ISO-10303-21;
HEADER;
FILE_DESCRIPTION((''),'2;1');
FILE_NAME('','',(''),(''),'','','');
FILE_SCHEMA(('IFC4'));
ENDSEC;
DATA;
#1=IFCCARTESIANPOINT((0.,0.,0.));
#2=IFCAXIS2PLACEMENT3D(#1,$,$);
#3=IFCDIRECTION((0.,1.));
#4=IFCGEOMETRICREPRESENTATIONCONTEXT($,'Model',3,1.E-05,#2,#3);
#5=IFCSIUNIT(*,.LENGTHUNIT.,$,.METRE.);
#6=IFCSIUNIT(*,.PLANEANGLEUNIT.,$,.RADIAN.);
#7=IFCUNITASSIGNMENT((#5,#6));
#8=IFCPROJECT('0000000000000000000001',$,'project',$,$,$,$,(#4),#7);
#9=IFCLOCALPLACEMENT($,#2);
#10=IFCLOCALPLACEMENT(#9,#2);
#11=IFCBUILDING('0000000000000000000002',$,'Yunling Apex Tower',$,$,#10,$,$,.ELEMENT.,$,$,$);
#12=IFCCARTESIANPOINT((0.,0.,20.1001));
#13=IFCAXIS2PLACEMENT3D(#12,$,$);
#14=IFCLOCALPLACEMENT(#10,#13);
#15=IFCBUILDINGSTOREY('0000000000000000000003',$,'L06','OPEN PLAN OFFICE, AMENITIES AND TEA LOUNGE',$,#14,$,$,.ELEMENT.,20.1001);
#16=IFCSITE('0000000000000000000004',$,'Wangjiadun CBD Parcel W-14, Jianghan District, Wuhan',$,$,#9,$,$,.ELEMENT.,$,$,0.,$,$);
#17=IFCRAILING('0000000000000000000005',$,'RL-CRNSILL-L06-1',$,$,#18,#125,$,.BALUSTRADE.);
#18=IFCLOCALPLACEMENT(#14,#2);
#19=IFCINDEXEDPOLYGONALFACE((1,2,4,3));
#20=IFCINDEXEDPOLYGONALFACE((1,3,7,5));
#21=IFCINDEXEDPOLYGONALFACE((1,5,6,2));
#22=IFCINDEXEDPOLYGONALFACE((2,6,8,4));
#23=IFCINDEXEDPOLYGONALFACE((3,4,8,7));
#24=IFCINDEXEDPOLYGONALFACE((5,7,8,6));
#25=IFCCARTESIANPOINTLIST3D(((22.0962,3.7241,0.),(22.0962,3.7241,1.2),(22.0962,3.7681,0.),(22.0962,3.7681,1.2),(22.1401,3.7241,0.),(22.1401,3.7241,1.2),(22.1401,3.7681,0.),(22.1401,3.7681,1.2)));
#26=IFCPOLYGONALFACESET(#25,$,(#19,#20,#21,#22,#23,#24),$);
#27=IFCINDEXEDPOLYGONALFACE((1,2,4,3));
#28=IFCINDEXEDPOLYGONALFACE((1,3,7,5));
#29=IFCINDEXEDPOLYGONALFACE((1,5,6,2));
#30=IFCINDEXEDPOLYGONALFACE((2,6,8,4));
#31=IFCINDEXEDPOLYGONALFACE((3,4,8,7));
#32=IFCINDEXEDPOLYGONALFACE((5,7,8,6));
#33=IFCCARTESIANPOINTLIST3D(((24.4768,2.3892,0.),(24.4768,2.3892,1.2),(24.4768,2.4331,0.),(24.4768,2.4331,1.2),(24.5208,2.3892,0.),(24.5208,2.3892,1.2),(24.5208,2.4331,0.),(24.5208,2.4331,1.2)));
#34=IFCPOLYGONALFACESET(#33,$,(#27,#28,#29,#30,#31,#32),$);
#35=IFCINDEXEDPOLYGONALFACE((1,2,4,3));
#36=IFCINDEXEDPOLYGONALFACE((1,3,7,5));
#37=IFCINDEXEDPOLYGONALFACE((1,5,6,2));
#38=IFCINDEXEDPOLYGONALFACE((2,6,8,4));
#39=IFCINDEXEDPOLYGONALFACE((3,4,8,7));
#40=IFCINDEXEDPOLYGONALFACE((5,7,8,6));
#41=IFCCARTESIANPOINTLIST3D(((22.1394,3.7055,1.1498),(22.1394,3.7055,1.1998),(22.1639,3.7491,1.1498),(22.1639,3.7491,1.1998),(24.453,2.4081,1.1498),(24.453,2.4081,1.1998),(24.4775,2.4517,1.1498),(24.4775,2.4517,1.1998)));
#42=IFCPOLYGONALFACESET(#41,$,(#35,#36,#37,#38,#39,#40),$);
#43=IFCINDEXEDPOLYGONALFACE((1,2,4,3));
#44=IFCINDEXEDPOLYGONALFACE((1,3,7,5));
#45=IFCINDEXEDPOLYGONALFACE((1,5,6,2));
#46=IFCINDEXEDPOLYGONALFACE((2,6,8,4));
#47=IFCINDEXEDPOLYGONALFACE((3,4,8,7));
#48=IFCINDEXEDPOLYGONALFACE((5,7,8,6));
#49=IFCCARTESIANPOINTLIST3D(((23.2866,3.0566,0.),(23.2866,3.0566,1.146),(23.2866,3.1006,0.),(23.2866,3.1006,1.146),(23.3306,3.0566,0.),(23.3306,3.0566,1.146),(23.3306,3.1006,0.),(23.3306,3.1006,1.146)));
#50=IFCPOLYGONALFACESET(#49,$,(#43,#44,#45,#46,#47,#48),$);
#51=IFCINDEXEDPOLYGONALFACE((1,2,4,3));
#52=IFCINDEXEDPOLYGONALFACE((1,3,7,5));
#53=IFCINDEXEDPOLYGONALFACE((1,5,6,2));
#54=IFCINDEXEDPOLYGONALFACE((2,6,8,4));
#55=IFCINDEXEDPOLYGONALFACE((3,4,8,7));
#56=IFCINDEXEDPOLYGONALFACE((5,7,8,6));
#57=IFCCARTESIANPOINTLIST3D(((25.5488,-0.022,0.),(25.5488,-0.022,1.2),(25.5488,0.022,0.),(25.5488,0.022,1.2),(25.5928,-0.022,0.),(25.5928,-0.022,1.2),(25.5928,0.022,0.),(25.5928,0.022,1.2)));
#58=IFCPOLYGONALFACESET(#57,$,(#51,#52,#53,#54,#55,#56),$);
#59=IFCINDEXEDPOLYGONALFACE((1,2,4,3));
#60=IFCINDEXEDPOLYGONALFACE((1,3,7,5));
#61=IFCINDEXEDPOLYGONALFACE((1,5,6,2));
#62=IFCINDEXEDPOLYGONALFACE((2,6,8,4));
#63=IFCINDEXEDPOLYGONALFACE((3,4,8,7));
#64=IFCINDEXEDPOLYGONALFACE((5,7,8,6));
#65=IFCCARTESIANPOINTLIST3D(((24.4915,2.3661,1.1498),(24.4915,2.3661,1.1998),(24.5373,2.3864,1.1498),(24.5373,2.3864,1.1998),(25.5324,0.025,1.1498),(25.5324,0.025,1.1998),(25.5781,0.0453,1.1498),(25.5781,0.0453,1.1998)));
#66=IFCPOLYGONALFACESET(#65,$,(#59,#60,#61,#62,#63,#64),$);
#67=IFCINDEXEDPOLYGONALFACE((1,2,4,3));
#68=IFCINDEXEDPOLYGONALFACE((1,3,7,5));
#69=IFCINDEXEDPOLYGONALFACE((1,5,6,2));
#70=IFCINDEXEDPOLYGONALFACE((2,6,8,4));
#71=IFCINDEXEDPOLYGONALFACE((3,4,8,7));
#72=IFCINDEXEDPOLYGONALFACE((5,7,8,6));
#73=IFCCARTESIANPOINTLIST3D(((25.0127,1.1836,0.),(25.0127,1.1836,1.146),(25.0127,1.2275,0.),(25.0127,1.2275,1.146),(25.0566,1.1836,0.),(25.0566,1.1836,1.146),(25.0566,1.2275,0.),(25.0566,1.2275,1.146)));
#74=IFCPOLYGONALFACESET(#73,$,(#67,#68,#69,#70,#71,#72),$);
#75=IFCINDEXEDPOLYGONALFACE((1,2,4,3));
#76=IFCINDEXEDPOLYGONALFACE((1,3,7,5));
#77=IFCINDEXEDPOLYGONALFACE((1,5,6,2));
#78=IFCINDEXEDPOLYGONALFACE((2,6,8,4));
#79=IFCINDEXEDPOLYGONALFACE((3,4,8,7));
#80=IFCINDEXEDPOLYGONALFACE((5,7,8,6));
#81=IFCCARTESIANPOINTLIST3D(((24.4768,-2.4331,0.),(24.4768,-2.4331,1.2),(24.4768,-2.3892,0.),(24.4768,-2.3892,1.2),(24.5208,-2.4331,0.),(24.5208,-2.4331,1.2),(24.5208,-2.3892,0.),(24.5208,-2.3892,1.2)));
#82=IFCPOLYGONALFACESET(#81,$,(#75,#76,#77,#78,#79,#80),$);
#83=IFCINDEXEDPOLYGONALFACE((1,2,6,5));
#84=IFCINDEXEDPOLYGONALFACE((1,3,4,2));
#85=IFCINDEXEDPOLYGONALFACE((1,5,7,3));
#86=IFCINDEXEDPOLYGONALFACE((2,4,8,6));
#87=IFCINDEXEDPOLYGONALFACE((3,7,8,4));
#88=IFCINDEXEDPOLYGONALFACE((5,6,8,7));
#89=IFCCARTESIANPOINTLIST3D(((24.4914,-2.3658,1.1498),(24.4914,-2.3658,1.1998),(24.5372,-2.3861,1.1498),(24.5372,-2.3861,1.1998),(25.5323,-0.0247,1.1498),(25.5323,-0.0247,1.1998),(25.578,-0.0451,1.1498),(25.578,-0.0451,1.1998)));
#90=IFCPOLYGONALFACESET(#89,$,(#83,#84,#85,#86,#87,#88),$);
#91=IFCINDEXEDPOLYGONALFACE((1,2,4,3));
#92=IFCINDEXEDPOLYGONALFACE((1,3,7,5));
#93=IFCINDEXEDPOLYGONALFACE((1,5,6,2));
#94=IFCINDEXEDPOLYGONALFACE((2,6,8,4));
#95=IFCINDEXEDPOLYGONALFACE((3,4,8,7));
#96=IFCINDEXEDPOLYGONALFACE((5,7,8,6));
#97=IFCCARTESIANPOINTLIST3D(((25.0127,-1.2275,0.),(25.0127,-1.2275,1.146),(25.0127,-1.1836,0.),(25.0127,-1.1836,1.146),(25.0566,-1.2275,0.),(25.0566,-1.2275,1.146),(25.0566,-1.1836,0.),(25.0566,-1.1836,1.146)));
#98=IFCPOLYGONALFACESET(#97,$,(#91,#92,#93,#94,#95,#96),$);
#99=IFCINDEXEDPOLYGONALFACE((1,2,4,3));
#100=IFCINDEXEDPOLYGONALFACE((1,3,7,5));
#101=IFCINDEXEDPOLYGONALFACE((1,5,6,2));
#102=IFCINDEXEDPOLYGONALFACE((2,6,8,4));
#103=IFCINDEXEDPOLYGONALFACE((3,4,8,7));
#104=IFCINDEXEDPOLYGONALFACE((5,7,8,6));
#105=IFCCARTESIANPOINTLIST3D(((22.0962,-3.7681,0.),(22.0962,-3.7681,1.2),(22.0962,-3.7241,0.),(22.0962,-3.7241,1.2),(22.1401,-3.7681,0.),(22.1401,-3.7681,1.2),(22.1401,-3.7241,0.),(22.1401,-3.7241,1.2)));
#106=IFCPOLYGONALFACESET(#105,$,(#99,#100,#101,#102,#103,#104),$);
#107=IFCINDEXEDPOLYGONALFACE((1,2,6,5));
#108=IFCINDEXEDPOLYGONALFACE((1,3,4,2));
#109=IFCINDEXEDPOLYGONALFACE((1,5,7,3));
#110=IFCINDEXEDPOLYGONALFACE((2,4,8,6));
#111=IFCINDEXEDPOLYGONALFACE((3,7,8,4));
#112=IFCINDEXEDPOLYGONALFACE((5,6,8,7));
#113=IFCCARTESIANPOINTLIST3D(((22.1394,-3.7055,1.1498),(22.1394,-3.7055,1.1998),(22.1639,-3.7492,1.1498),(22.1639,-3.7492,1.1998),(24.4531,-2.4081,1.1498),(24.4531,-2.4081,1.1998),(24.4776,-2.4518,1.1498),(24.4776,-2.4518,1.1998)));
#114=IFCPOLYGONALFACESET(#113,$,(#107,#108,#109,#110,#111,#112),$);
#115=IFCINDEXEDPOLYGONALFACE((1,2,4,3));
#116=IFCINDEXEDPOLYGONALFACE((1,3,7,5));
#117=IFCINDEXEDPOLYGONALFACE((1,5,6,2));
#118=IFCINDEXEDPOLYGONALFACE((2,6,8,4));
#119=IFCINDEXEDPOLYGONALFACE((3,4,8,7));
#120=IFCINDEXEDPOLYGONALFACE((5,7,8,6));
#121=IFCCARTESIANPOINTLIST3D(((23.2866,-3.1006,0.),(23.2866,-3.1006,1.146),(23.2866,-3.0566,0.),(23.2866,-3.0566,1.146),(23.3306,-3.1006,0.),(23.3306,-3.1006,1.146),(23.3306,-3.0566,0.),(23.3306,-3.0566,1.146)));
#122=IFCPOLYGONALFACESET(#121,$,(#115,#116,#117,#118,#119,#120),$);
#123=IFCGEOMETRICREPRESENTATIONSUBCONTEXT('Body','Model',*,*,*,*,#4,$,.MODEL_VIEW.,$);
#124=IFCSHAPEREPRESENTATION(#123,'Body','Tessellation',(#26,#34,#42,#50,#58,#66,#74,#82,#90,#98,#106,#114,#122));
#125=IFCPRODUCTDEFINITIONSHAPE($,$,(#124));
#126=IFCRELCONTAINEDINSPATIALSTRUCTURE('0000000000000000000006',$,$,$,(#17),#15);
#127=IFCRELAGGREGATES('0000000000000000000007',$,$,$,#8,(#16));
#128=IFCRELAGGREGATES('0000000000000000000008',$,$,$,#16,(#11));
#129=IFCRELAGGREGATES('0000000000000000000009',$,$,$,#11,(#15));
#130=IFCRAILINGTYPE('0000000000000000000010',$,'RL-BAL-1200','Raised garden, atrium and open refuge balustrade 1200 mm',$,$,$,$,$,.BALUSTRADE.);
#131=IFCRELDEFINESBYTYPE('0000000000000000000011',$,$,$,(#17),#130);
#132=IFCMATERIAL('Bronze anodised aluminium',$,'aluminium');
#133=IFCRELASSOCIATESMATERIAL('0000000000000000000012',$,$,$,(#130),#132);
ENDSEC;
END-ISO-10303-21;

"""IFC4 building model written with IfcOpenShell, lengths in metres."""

from ifc_helpers import new_model, si_unit, direction, frame, origin, origin_2d, place, context, subcontext, project, spatial, rectangle, extrude, material, type_object, element, save


model = new_model("IFC4")

# Units and contexts
model_context = context("Model", 3, precision=1e-05, world=origin(), true_north=direction((0.0, 1.0)))
body_context = subcontext(model_context, "Body", "Model", "MODEL_VIEW")
ifc_project = project(units=[si_unit("LENGTHUNIT", "METRE"), si_unit("PLANEANGLEUNIT", "RADIAN")], contexts=[model_context])

# Site, building, storey
site_placement = place(None, origin())
site = spatial("IfcSite", under=ifc_project, at=site_placement, Name="Wangjiadun CBD Parcel W-14, Jianghan District, Wuhan", CompositionType="ELEMENT", RefElevation=0.0)
building_placement = place(site_placement, origin())
building = spatial("IfcBuilding", under=site, at=building_placement, Name="Yunling Apex Tower", CompositionType="ELEMENT")
storey_placement = place(building_placement, frame((0.0, 0.0, 20.1001)))
storey = spatial("IfcBuildingStorey", under=building, at=storey_placement, Name="L06", Description="OPEN PLAN OFFICE, AMENITIES AND TEA LOUNGE", CompositionType="ELEMENT", Elevation=20.1001)

# Shared definitions
ifc_material_1 = material(Name="Bronze anodised aluminium", Category="aluminium")

# Railing
railing_type = type_object("IfcRailingType", Name="RL-BAL-1200", Description="Raised garden, atrium and open refuge balustrade 1200 mm", PredefinedType="BALUSTRADE", material=ifc_material_1)
railing_1_placement = place(storey_placement, frame((22.1182, 3.7461, 0.0)))
element("IfcRailing", 1, at=railing_1_placement, inside=storey, type_object=railing_type, Name="RL-CRNSILL-L06-1", PredefinedType="BALUSTRADE", context=body_context, shape_type="SweptSolid", body=[
    extrude(rectangle(XDim=0.0439, YDim=0.0439, at=origin_2d()), origin(), (0.0, 0.0, 1.0), 1.2),
    extrude(rectangle(XDim=0.0439, YDim=0.0439, at=origin_2d()), frame((2.3806, -1.335, 0.0)), (0.0, 0.0, 1.0), 1.2),
    extrude(rectangle(XDim=0.05, YDim=0.05, at=origin_2d()), frame((0.0334, -0.0188, 1.1748), z_axis=(0.872222, -0.48911, 0.0), x_axis=(0.48911, 0.872222, 0.0)), (0.0, 0.0, 1.0), 2.6526),
    extrude(rectangle(XDim=0.0439, YDim=0.0439, at=origin_2d()), frame((1.1904, -0.6675, 0.0)), (0.0, 0.0, 1.0), 1.146),
    extrude(rectangle(XDim=0.0439, YDim=0.0439, at=origin_2d()), frame((3.4526, -3.7461, 0.0)), (0.0, 0.0, 1.0), 1.2),
    extrude(rectangle(XDim=0.05, YDim=0.05, at=origin_2d()), frame((2.3962, -1.3699, 1.1748), z_axis=(0.406267, -0.913754, 0.0), x_axis=(0.913754, 0.406267, 0.0)), (0.0, 0.0, 1.0), 2.562),
    extrude(rectangle(XDim=0.0439, YDim=0.0439, at=origin_2d()), frame((2.9165, -2.5405, 0.0)), (0.0, 0.0, 1.0), 1.146),
    extrude(rectangle(XDim=0.0439, YDim=0.0439, at=origin_2d()), frame((2.3806, -6.1572, 0.0)), (0.0, 0.0, 1.0), 1.2),
    extrude(rectangle(XDim=0.05, YDim=0.05, at=origin_2d()), frame((3.437, -3.781, 1.1748), z_axis=(-0.406267, -0.913754, 0.0), x_axis=(0.913754, -0.406267, 0.0)), (0.0, 0.0, 1.0), 2.562),
    extrude(rectangle(XDim=0.0439, YDim=0.0439, at=origin_2d()), frame((2.9165, -4.9517, 0.0)), (0.0, 0.0, 1.0), 1.146),
    extrude(rectangle(XDim=0.0439, YDim=0.0439, at=origin_2d()), frame((0.0, -7.4922, 0.0)), (0.0, 0.0, 1.0), 1.2),
    extrude(rectangle(XDim=0.05, YDim=0.05, at=origin_2d()), frame((2.3472, -6.176, 1.1748), z_axis=(-0.872222, -0.48911, 0.0), x_axis=(0.48911, -0.872222, 0.0)), (0.0, 0.0, 1.0), 2.6526),
    extrude(rectangle(XDim=0.0439, YDim=0.0439, at=origin_2d()), frame((1.1904, -6.8247, 0.0)), (0.0, 0.0, 1.0), 1.146),
])

save(model, "model.ifc")
